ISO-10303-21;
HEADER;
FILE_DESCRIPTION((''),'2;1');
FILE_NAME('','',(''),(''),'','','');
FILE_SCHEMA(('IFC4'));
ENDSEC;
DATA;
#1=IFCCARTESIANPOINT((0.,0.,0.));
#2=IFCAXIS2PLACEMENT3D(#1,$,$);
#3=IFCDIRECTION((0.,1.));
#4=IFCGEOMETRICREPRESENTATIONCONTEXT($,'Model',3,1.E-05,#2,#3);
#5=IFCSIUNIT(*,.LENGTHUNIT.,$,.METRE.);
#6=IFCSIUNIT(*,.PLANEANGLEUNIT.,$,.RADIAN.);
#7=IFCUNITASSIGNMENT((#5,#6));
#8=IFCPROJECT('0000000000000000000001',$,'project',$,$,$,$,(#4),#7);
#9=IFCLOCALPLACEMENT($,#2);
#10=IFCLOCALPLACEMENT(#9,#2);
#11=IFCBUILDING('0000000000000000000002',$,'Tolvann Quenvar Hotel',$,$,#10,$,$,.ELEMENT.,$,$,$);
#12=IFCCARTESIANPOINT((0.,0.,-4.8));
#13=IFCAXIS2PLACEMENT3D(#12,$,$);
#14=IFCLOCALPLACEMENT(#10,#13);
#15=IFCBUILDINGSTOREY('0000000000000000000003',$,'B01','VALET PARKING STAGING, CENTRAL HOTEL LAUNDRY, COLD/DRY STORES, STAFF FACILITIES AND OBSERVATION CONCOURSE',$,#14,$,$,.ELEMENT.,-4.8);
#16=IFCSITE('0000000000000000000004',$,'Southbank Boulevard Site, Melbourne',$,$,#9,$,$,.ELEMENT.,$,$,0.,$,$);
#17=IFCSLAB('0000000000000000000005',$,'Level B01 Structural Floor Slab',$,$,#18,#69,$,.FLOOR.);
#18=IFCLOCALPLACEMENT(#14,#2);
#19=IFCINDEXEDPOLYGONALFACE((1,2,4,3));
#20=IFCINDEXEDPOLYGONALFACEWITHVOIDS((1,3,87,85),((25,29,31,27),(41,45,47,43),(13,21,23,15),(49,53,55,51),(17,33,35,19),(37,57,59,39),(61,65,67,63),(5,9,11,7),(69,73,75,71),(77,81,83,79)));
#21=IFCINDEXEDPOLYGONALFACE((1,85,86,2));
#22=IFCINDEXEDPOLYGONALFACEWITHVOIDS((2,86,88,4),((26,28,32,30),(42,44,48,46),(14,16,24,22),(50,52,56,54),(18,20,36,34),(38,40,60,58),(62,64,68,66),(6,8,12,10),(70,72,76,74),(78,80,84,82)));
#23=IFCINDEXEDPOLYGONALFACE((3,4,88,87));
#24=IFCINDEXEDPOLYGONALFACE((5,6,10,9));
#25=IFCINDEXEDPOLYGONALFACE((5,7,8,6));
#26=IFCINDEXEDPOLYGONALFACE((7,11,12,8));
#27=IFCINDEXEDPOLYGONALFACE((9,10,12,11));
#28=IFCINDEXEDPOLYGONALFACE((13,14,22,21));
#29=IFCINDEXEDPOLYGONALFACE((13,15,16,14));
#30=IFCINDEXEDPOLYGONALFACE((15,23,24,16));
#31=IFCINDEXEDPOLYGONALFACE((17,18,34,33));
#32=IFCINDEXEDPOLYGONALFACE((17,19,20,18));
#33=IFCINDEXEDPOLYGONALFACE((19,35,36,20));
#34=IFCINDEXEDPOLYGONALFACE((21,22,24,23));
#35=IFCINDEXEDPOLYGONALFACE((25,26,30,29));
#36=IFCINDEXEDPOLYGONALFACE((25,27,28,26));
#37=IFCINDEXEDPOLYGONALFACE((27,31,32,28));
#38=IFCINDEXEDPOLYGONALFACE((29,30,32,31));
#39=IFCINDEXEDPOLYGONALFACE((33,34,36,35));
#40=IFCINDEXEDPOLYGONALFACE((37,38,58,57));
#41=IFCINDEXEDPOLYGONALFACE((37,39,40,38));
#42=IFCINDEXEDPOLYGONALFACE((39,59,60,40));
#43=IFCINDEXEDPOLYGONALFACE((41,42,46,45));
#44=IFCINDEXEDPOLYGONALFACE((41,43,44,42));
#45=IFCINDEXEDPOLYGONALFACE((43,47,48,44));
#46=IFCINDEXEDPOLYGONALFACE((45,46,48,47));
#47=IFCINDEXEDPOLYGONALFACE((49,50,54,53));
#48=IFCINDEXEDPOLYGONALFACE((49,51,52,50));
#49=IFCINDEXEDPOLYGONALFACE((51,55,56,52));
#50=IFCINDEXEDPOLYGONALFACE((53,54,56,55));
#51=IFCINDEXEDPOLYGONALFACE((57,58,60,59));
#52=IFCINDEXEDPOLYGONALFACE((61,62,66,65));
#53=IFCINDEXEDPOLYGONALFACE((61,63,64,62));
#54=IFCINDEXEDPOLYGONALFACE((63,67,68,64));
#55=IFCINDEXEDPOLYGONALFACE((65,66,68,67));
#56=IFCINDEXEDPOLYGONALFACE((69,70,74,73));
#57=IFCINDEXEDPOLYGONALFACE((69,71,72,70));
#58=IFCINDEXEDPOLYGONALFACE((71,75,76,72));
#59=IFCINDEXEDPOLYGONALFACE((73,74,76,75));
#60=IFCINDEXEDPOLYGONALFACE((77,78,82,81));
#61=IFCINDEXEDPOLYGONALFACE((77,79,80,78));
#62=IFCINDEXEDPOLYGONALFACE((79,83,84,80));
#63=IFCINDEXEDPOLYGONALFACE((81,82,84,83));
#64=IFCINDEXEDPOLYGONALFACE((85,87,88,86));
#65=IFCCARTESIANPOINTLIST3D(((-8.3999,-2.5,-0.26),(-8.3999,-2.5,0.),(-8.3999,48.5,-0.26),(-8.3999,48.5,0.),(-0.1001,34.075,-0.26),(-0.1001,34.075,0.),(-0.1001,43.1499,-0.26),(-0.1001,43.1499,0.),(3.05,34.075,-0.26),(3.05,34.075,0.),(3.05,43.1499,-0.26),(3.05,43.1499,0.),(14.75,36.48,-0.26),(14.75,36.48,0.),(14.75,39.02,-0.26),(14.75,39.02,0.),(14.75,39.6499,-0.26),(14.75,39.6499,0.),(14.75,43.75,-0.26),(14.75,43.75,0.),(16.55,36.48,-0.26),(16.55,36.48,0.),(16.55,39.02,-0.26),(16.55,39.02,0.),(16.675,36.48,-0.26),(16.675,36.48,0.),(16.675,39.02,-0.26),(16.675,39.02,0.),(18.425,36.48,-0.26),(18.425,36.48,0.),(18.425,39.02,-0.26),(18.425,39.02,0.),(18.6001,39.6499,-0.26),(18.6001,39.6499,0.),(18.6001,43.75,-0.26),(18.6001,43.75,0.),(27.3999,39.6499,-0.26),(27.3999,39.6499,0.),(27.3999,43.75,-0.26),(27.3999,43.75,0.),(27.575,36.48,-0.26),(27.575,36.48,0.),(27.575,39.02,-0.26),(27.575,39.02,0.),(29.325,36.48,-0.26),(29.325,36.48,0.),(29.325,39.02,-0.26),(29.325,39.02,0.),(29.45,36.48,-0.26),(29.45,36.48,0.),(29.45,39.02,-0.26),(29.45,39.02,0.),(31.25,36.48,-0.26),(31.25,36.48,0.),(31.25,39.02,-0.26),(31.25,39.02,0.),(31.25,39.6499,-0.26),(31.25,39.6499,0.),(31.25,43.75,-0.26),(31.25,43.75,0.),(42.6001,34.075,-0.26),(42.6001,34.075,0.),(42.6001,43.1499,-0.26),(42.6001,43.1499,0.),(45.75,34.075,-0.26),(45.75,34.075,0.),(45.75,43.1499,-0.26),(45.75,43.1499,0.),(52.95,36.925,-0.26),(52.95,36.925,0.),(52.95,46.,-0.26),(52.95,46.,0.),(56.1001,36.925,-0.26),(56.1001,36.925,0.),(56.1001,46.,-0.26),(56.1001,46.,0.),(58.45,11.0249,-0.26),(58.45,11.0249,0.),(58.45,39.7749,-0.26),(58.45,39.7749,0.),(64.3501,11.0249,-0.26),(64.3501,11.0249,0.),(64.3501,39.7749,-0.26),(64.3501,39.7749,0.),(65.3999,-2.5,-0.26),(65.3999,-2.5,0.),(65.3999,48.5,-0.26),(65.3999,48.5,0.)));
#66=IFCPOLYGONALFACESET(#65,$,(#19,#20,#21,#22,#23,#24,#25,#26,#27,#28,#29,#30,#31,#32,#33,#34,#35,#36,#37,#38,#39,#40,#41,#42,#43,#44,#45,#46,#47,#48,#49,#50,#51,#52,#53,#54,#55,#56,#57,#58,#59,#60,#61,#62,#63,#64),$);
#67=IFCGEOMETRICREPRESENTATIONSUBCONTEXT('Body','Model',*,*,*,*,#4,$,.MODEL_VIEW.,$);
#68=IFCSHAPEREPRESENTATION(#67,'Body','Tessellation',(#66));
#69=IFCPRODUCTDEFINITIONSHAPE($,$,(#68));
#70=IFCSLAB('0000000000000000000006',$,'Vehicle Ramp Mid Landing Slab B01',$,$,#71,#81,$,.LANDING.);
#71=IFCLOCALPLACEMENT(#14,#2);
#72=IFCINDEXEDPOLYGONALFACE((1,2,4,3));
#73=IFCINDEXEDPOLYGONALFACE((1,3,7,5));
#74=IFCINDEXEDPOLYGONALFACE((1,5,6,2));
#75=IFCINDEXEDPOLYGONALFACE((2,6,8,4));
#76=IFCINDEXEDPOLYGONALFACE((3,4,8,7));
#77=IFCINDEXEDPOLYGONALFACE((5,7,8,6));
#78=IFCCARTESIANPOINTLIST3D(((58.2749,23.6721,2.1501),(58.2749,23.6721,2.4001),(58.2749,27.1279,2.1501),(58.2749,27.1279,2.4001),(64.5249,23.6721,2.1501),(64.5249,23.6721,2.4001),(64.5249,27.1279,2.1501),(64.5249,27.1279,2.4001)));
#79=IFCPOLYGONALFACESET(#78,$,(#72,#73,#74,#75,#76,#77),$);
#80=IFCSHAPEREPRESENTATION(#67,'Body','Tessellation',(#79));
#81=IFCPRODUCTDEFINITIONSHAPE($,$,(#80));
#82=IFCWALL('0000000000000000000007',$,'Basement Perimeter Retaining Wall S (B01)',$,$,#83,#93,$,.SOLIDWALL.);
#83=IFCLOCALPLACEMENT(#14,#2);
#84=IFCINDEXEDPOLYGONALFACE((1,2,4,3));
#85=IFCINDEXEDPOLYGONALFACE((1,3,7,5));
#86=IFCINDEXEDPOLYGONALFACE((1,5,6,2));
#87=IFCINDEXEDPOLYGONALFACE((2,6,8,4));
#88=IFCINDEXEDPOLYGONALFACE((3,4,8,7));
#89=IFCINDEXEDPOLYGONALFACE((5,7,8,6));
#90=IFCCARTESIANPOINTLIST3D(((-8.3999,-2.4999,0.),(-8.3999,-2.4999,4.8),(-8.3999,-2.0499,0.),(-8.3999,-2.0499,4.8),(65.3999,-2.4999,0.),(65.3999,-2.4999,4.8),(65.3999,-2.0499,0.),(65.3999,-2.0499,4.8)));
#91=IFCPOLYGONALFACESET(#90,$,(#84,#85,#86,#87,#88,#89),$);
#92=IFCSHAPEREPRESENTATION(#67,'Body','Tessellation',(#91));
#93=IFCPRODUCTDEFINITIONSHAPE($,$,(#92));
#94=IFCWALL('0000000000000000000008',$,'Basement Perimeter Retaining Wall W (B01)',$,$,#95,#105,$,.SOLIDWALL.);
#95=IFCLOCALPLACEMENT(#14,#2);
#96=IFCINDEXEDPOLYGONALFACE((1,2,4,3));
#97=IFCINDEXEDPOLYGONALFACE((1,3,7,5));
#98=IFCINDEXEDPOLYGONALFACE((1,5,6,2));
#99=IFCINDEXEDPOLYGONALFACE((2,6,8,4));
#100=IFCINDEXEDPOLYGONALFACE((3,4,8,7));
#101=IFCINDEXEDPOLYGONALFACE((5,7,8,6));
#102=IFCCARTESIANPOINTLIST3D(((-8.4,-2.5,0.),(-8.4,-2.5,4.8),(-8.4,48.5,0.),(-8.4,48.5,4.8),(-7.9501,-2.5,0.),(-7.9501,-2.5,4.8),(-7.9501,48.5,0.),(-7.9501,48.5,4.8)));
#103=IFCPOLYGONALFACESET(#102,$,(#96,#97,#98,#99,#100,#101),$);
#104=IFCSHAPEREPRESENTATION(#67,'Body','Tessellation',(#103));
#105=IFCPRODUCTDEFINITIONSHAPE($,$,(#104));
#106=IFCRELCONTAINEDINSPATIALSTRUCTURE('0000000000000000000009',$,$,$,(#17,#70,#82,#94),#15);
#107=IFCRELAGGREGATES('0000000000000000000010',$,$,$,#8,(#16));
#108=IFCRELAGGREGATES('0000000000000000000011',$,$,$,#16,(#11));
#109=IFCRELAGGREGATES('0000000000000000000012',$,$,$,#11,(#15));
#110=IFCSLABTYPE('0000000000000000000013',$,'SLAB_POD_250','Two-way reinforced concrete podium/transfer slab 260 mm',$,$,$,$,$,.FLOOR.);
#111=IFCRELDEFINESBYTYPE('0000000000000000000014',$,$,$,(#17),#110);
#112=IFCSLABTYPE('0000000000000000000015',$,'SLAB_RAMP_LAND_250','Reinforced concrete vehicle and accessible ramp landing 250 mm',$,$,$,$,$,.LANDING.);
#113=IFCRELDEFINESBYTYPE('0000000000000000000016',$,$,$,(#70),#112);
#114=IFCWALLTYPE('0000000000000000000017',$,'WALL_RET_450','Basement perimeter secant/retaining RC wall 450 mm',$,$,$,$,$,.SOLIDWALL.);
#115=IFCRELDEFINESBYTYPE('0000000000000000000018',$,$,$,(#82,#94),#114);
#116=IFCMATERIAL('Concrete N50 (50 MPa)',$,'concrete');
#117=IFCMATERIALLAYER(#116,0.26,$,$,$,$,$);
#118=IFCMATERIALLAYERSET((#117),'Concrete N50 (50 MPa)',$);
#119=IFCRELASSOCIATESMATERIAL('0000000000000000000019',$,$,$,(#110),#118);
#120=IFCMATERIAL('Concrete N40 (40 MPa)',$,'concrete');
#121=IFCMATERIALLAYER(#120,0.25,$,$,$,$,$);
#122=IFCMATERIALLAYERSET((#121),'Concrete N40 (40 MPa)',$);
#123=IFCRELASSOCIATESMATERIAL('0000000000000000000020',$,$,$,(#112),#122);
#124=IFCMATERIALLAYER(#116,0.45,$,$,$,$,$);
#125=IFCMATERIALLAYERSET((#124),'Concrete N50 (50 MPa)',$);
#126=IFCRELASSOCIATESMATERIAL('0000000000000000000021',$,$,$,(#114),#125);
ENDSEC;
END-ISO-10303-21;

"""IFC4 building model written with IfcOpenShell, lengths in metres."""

from ifc_helpers import new_model, si_unit, direction, frame, frame_2d, origin, place, context, subcontext, project, spatial, polyline, rectangle, outline, extrude, material, layer, layer_set, type_object, element, save


model = new_model("IFC4")

# Units and contexts
model_context = context("Model", 3, precision=1e-05, world=origin(), true_north=direction((0.0, 1.0)))
body_context = subcontext(model_context, "Body", "Model", "MODEL_VIEW")
ifc_project = project(units=[si_unit("LENGTHUNIT", "METRE"), si_unit("PLANEANGLEUNIT", "RADIAN")], contexts=[model_context])

# Site, building, storey
site_placement = place(None, origin())
site = spatial("IfcSite", under=ifc_project, at=site_placement, Name="Southbank Boulevard Site, Melbourne", CompositionType="ELEMENT", RefElevation=0.0)
building_placement = place(site_placement, origin())
building = spatial("IfcBuilding", under=site, at=building_placement, Name="Tolvann Quenvar Hotel", CompositionType="ELEMENT")
storey_placement = place(building_placement, frame((0.0, 0.0, -4.8)))
storey = spatial("IfcBuildingStorey", under=building, at=storey_placement, Name="B01", Description="VALET PARKING STAGING, CENTRAL HOTEL LAUNDRY, COLD/DRY STORES, STAFF FACILITIES AND OBSERVATION CONCOURSE", CompositionType="ELEMENT", Elevation=-4.8)

# Shared definitions
ifc_material_1 = material(Name="Concrete N50 (50 MPa)", Category="concrete")

# Shared definitions
ifc_material_2 = material(Name="Concrete N40 (40 MPa)", Category="concrete")

# Slabs
ifc_layer_1 = layer(ifc_material_1, 0.26)
ifc_layer_set_1 = layer_set([ifc_layer_1], Name="Concrete N50 (50 MPa)")
slab_type_1 = type_object("IfcSlabType", Name="SLAB_POD_250", Description="Two-way reinforced concrete podium/transfer slab 260 mm", PredefinedType="FLOOR", material=ifc_layer_set_1)
slab_1_placement = place(storey_placement, frame((0.0, 0.0, -0.26)))
element("IfcSlab", 1, at=slab_1_placement, inside=storey, type_object=slab_type_1, Name="Level B01 Structural Floor Slab", PredefinedType="FLOOR", context=body_context, shape_type="SweptSolid", body=[
    extrude(outline(polyline([(-8.3999, -2.5), (65.3999, -2.5), (65.3999, 48.5), (-8.3999, 48.5), (-8.3999, -2.5)]), holes=[polyline([(58.45, 11.0249), (58.45, 39.7749), (64.3501, 39.7749), (64.3501, 11.0249), (58.45, 11.0249)]), polyline([(56.1001, 36.925), (52.95, 36.925), (52.95, 46.0), (56.1001, 46.0), (56.1001, 36.925)]), polyline([(45.75, 34.075), (42.6001, 34.075), (42.6001, 43.1499), (45.75, 43.1499), (45.75, 34.075)]), polyline([(27.3999, 43.75), (31.25, 43.75), (31.25, 39.6499), (27.3999, 39.6499), (27.3999, 43.75)]), polyline([(29.45, 39.02), (31.25, 39.02), (31.25, 36.48), (29.45, 36.48), (29.45, 39.02)]), polyline([(27.575, 39.02), (29.325, 39.02), (29.325, 36.48), (27.575, 36.48), (27.575, 39.02)]), polyline([(14.75, 43.75), (18.6001, 43.75), (18.6001, 39.6499), (14.75, 39.6499), (14.75, 43.75)]), polyline([(16.675, 36.48), (16.675, 39.02), (18.425, 39.02), (18.425, 36.48), (16.675, 36.48)]), polyline([(14.75, 36.48), (14.75, 39.02), (16.55, 39.02), (16.55, 36.48), (14.75, 36.48)]), polyline([(3.05, 34.075), (-0.1001, 34.075), (-0.1001, 43.1499), (3.05, 43.1499), (3.05, 34.075)])]), origin(), (0.0, 0.0, 1.0), 0.26),
])
ifc_layer_2 = layer(ifc_material_2, 0.25)
ifc_layer_set_2 = layer_set([ifc_layer_2], Name="Concrete N40 (40 MPa)")
slab_type_2 = type_object("IfcSlabType", Name="SLAB_RAMP_LAND_250", Description="Reinforced concrete vehicle and accessible ramp landing 250 mm", PredefinedType="LANDING", material=ifc_layer_set_2)
slab_2_placement = place(storey_placement, frame((0.0, 0.0, 2.1501)))
element("IfcSlab", 2, at=slab_2_placement, inside=storey, type_object=slab_type_2, Name="Vehicle Ramp Mid Landing Slab B01", PredefinedType="LANDING", context=body_context, shape_type="SweptSolid", body=[
    extrude(outline(polyline([(58.2749, 23.6721), (64.5249, 23.6721), (64.5249, 27.1279), (58.2749, 27.1279), (58.2749, 23.6721)])), origin(), (0.0, 0.0, 1.0), 0.25),
])

# Walls
ifc_layer_3 = layer(ifc_material_1, 0.45)
ifc_layer_set_3 = layer_set([ifc_layer_3], Name="Concrete N50 (50 MPa)")
wall_type = type_object("IfcWallType", Name="WALL_RET_450", Description="Basement perimeter secant/retaining RC wall 450 mm", PredefinedType="SOLIDWALL", material=ifc_layer_set_3)
wall_1_placement = place(storey_placement, frame((-8.3999, -2.2749, 0.0), z_axis=(0.0, 0.0, 1.0), x_axis=(1.0, 0.0, 0.0)))
element("IfcWall", 3, at=wall_1_placement, inside=storey, type_object=wall_type, Name="Basement Perimeter Retaining Wall S (B01)", PredefinedType="SOLIDWALL", context=body_context, shape_type="SweptSolid", body=[
    extrude(rectangle(XDim=73.7998, YDim=0.45, at=frame_2d((36.8999, 0.0))), origin(), (0.0, 0.0, 1.0), 4.8),
])
wall_2_placement = place(storey_placement, frame((-8.175, -2.5, 0.0), z_axis=(0.0, 0.0, 1.0), x_axis=(0.0, 1.0, 0.0)))
element("IfcWall", 4, at=wall_2_placement, inside=storey, type_object=wall_type, Name="Basement Perimeter Retaining Wall W (B01)", PredefinedType="SOLIDWALL", context=body_context, shape_type="SweptSolid", body=[
    extrude(rectangle(XDim=51.0, YDim=0.45, at=frame_2d((25.5, 0.0))), origin(), (0.0, 0.0, 1.0), 4.8),
])

save(model, "model.ifc")
